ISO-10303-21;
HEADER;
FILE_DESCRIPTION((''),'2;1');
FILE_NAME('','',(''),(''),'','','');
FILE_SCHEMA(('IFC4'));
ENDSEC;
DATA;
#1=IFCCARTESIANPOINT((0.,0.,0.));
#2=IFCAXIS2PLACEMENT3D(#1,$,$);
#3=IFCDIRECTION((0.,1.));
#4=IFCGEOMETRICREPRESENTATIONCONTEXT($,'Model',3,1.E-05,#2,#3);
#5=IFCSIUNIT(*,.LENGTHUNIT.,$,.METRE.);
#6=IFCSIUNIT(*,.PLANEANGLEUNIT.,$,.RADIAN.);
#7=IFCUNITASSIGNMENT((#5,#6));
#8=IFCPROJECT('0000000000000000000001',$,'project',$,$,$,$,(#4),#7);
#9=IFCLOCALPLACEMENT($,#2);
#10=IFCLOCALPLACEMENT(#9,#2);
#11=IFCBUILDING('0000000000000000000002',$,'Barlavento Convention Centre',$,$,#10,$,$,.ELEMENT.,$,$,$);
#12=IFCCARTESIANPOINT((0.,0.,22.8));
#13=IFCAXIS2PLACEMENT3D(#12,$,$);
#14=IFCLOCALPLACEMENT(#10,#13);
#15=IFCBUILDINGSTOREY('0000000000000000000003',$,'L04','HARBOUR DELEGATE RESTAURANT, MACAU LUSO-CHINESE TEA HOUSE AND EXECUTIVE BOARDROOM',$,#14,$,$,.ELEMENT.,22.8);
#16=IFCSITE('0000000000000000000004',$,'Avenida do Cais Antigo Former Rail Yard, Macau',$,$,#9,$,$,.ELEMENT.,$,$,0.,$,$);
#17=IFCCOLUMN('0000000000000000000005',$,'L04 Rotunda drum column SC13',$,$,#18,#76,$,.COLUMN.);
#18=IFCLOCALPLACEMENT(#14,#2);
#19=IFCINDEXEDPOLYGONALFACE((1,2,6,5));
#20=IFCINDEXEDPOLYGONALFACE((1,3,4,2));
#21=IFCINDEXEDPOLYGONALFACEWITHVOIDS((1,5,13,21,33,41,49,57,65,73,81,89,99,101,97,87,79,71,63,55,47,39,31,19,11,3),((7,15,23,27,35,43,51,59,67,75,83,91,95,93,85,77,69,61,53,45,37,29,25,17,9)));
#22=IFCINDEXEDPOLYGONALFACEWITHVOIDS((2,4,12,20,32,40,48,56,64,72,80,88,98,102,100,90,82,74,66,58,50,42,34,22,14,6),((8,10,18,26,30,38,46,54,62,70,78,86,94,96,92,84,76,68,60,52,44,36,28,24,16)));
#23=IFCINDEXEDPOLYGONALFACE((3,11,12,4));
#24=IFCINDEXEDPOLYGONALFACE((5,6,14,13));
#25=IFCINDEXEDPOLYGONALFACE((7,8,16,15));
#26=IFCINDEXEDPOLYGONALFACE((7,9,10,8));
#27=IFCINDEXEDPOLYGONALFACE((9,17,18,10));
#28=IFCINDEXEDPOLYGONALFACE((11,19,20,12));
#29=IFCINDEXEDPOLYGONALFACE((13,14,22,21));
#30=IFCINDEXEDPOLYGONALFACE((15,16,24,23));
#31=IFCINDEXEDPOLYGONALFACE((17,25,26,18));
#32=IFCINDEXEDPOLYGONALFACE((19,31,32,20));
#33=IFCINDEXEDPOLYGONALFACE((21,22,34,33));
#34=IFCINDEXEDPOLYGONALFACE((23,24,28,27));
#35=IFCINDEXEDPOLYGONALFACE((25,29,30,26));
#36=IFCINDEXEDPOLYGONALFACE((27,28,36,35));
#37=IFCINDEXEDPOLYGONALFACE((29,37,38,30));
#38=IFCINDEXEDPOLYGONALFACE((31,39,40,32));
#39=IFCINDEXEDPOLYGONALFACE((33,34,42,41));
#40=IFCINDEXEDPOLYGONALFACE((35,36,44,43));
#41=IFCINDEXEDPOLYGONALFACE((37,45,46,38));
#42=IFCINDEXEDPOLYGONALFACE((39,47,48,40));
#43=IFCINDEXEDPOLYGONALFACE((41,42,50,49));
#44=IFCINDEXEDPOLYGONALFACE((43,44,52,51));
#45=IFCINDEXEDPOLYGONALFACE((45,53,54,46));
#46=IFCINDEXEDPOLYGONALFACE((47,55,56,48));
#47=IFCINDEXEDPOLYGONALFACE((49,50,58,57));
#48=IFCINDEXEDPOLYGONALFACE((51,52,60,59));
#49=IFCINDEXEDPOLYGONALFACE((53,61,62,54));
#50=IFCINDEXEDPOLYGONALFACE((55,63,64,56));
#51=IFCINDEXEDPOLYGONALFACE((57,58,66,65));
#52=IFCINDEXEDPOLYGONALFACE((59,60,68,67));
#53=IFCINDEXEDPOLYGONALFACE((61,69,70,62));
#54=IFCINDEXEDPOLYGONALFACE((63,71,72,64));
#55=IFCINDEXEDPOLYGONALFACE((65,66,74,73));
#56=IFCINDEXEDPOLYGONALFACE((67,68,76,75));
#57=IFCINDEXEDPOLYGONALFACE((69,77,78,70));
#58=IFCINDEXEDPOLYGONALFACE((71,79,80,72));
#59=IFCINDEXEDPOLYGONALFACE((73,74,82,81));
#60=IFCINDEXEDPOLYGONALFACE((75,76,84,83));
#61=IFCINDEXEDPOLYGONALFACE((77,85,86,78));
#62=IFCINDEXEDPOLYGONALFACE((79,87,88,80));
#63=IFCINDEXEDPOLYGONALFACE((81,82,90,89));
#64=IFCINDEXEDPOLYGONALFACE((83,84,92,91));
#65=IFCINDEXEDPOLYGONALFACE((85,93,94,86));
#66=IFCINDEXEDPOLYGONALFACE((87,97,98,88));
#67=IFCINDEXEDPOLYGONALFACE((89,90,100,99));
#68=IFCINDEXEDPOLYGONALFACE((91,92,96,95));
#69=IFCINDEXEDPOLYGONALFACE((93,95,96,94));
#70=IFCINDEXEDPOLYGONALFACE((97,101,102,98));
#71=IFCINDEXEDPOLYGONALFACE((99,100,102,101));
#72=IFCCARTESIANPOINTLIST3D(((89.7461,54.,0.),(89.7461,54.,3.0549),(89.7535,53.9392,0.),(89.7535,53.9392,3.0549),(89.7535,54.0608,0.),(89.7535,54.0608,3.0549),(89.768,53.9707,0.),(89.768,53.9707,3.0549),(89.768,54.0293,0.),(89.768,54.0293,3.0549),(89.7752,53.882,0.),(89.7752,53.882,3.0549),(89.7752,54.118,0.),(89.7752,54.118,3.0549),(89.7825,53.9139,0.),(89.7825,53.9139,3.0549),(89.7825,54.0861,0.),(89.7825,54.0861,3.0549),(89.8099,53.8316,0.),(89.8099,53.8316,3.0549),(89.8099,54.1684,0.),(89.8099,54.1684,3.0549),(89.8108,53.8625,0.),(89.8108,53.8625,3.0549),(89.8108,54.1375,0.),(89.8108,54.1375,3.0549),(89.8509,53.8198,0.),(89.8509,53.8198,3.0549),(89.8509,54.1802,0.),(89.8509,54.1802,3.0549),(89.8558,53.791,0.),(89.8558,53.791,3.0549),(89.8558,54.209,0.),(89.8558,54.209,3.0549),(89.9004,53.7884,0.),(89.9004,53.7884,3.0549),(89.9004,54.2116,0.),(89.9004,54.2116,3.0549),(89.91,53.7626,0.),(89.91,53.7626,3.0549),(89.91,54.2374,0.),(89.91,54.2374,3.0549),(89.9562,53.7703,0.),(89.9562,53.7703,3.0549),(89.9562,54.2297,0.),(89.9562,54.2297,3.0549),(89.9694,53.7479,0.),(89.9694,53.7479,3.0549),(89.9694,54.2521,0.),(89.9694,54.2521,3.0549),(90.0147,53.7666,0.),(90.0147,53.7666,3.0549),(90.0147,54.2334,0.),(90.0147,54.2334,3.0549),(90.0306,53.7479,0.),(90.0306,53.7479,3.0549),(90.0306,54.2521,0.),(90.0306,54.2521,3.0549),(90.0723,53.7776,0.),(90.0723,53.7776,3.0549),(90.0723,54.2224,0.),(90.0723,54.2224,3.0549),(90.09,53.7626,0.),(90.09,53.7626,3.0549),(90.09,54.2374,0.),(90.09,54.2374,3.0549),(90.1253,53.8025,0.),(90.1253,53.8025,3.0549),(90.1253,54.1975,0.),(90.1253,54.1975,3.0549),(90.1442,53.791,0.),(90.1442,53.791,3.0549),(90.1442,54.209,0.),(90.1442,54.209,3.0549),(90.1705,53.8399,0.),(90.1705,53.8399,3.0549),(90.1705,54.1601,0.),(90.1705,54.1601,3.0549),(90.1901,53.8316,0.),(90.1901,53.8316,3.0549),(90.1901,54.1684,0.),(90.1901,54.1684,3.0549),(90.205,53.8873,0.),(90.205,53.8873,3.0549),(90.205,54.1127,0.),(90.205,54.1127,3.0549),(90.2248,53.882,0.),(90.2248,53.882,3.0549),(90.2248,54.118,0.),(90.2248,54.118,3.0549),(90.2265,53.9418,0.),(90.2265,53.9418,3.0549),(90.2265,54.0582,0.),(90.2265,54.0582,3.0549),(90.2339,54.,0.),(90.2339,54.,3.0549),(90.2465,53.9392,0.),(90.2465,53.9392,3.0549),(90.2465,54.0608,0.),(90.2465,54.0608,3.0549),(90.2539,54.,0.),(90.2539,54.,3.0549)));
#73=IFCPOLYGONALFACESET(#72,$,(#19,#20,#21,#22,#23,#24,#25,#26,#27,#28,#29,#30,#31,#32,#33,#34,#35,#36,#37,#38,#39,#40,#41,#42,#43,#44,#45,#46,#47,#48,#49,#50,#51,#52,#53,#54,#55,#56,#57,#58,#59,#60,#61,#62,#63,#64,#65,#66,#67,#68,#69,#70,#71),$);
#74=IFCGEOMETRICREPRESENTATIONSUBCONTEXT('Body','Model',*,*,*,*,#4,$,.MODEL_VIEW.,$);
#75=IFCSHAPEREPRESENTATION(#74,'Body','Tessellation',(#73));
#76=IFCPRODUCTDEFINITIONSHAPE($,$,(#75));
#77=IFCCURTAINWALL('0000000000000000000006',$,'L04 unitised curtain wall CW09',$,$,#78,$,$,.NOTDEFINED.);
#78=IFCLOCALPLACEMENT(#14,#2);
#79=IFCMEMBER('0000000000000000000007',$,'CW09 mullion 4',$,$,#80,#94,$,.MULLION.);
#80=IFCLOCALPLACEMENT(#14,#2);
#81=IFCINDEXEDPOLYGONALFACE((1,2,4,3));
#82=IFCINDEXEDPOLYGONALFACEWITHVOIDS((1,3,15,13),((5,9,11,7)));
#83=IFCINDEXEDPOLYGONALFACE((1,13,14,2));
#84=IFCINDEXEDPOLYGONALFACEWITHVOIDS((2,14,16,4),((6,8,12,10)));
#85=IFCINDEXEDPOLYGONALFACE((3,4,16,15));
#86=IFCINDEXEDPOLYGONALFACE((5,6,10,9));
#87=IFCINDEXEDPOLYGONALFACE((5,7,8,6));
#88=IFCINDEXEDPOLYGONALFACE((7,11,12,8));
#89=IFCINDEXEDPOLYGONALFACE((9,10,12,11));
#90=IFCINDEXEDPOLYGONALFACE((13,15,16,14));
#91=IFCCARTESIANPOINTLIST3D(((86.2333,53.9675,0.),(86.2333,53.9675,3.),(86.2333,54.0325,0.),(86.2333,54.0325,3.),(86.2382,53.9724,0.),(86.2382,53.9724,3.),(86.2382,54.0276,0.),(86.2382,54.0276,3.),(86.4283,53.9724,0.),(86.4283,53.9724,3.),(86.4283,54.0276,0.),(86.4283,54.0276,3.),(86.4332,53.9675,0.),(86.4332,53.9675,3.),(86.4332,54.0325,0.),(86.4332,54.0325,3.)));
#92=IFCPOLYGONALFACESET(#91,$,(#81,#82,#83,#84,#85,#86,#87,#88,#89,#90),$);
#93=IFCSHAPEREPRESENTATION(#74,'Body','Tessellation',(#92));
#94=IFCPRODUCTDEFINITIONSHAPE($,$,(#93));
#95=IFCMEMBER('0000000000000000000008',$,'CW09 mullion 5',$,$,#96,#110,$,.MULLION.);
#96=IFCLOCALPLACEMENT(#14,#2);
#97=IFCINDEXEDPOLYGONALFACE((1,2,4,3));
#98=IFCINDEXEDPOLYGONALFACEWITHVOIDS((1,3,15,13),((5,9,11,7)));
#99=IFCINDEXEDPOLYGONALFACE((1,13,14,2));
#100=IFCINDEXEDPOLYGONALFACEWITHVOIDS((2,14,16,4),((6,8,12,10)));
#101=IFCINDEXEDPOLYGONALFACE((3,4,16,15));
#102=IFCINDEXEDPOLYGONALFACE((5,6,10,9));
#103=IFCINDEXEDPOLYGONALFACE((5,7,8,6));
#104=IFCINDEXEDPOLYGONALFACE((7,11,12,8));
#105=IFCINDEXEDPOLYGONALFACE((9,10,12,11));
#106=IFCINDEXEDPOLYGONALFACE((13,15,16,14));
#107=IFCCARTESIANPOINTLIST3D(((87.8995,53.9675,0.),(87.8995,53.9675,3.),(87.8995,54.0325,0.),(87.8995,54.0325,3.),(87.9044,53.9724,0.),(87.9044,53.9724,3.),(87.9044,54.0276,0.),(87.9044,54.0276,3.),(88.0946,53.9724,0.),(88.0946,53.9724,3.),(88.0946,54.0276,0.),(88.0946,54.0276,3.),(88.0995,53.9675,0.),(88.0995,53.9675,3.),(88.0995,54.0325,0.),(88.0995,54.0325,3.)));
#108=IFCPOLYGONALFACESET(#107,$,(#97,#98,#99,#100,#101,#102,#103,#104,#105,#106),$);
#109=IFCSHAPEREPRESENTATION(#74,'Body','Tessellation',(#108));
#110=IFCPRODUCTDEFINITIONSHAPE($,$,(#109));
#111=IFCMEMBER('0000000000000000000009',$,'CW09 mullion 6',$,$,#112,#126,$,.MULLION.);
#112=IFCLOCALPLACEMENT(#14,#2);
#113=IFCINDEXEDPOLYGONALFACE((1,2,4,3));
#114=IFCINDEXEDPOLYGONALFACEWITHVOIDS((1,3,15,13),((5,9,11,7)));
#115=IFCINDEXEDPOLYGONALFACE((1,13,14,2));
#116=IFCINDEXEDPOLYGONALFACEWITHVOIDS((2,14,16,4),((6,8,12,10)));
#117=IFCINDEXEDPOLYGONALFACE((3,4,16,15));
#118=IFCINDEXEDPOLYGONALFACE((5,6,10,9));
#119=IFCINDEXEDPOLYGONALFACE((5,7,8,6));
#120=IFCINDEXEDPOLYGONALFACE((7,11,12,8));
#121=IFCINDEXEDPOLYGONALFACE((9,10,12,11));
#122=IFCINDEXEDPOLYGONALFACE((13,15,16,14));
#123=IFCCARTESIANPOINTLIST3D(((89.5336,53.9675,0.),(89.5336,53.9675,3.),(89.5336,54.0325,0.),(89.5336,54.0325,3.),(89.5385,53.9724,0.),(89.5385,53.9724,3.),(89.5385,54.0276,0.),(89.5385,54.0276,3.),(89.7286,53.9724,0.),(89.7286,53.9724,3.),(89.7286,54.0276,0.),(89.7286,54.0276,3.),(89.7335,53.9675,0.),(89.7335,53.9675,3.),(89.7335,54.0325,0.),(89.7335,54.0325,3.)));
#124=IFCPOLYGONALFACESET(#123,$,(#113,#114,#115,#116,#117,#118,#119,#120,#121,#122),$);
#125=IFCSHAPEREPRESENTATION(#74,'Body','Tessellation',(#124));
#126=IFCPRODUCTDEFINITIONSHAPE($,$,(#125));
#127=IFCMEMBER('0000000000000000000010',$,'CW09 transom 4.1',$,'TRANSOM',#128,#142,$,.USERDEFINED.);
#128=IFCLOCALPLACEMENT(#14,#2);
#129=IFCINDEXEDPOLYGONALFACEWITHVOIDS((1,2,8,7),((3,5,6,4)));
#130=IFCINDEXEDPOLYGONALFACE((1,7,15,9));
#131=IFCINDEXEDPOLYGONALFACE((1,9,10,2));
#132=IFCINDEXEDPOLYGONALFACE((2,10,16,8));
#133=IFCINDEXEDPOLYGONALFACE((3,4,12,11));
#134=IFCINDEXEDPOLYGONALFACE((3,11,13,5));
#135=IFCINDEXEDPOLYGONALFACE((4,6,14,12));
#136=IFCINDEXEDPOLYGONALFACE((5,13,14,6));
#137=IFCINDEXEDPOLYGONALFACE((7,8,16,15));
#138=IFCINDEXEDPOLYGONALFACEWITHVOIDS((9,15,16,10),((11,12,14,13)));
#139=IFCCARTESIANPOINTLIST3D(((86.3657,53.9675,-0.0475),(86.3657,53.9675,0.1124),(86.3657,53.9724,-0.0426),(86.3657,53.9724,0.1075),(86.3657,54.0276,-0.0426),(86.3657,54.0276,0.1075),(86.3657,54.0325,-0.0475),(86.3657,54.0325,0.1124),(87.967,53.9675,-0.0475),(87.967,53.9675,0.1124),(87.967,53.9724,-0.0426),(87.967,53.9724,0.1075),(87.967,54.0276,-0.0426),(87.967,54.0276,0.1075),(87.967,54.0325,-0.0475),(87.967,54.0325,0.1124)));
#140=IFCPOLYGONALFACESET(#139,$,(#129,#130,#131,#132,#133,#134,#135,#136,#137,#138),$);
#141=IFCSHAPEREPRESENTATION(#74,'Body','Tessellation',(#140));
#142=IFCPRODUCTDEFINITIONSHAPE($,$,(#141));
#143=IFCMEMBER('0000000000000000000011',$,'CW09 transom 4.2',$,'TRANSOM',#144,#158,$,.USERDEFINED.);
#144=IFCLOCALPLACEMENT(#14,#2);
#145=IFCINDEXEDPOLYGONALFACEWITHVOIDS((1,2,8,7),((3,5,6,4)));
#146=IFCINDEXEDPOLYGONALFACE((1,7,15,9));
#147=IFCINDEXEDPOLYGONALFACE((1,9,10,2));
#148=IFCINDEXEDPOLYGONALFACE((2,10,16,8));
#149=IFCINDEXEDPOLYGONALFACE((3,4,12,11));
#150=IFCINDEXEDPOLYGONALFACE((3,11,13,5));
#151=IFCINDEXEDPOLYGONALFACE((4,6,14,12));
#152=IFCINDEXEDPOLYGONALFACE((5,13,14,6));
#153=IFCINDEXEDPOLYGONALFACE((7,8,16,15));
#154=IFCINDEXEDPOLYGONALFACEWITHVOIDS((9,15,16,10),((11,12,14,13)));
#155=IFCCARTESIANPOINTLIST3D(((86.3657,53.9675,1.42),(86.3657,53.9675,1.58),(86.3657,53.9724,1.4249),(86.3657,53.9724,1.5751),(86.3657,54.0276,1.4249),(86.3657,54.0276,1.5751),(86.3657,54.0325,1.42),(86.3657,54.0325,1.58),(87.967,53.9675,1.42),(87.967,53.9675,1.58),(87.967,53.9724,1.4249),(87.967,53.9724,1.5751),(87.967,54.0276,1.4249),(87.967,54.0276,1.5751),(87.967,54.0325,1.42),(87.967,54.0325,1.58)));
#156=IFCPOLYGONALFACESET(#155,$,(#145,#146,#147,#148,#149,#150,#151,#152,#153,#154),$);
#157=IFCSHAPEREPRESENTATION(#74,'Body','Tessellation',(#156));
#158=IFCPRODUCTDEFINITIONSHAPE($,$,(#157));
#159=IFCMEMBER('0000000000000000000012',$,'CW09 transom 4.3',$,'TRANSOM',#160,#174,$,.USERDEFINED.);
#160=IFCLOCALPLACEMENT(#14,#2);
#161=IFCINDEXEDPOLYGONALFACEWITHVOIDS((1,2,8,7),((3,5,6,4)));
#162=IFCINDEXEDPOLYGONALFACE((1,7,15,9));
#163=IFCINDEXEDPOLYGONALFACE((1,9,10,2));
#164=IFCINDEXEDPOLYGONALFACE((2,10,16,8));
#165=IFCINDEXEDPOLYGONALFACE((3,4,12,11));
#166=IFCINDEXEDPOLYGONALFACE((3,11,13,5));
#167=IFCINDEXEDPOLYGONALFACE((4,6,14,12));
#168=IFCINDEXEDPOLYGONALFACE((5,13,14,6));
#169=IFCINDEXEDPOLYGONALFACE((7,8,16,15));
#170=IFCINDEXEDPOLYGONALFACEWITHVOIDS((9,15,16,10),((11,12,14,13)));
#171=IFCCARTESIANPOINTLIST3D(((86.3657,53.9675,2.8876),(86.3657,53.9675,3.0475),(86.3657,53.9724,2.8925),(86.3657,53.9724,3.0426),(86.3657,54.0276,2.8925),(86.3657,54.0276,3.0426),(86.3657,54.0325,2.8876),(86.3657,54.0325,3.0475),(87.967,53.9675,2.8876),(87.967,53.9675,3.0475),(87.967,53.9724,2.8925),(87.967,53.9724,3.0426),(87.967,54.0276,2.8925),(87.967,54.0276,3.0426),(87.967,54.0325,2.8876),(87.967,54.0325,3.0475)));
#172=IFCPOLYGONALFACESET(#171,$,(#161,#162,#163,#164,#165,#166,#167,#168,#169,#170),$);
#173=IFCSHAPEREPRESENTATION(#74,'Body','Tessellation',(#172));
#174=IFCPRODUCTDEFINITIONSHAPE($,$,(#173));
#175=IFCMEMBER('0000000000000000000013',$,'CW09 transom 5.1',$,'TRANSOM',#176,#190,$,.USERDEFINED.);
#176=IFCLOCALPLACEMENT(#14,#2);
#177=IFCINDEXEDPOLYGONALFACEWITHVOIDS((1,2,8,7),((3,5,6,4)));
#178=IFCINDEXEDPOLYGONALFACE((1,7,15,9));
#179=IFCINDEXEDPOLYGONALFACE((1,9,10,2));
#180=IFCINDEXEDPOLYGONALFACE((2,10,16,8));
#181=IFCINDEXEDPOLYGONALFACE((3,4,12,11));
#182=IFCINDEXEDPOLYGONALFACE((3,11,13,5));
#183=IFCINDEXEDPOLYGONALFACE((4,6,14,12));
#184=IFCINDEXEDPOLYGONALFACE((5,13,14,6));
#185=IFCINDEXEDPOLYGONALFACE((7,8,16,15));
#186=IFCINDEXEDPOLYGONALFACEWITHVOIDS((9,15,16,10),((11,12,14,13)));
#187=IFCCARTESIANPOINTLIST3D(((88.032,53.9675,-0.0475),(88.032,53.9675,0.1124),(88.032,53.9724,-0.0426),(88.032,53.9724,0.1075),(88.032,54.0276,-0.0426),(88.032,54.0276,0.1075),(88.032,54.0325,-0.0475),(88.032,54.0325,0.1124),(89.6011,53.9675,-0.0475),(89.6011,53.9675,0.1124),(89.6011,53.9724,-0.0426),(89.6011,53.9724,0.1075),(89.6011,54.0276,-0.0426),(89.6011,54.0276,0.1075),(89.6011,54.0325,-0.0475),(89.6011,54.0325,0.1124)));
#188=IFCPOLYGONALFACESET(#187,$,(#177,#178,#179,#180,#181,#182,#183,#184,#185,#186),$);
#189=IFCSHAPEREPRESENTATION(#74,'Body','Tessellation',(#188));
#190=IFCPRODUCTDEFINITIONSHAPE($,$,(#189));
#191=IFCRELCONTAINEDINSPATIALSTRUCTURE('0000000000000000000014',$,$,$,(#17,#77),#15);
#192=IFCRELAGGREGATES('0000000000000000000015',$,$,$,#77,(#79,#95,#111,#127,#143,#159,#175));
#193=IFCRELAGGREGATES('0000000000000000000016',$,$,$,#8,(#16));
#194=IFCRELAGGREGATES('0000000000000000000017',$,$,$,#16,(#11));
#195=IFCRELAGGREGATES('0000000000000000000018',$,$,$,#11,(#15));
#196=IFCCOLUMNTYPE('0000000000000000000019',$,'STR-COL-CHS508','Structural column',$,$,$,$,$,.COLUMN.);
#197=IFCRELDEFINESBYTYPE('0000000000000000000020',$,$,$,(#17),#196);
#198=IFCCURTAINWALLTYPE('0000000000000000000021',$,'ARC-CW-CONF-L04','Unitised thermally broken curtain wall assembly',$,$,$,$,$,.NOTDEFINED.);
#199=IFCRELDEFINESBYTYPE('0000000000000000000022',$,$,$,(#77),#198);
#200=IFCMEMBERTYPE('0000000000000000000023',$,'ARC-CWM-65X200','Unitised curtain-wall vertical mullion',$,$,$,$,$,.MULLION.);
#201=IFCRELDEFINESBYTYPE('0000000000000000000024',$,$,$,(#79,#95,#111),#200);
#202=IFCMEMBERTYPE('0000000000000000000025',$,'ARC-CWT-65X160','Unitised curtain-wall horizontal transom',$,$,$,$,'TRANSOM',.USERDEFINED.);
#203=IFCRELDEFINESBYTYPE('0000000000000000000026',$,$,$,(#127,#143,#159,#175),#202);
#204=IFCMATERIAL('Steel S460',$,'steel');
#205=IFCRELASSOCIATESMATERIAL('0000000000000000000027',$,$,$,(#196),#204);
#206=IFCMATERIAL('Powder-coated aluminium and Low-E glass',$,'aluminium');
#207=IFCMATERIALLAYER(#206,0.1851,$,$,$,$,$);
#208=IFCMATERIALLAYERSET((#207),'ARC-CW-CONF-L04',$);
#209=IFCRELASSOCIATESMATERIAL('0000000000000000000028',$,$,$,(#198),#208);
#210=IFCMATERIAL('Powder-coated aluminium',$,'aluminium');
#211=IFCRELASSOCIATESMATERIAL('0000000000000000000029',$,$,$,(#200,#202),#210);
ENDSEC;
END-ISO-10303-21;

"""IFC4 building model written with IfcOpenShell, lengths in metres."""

from ifc_helpers import new_model, si_unit, direction, frame, origin, origin_2d, place, context, subcontext, project, spatial, hollow_rectangle, hollow_circle, extrude, material, layer, layer_set, material_profile, profile_set, type_object, element, aggregate, save


model = new_model("IFC4")

# Units and contexts
model_context = context("Model", 3, precision=1e-05, world=origin(), true_north=direction((0.0, 1.0)))
body_context = subcontext(model_context, "Body", "Model", "MODEL_VIEW")
ifc_project = project(units=[si_unit("LENGTHUNIT", "METRE"), si_unit("PLANEANGLEUNIT", "RADIAN")], contexts=[model_context])

# Site, building, storey
site_placement = place(None, origin())
site = spatial("IfcSite", under=ifc_project, at=site_placement, Name="Avenida do Cais Antigo Former Rail Yard, Macau", CompositionType="ELEMENT", RefElevation=0.0)
building_placement = place(site_placement, origin())
building = spatial("IfcBuilding", under=site, at=building_placement, Name="Barlavento Convention Centre", CompositionType="ELEMENT")
storey_placement = place(building_placement, frame((0.0, 0.0, 22.8)))
storey = spatial("IfcBuildingStorey", under=building, at=storey_placement, Name="L04", Description="HARBOUR DELEGATE RESTAURANT, MACAU LUSO-CHINESE TEA HOUSE AND EXECUTIVE BOARDROOM", CompositionType="ELEMENT", Elevation=22.8)

# Column
ifc_material_1 = material(Name="Steel S460", Category="steel")
ifc_material_profile_1 = material_profile(ifc_material_1, hollow_circle(Radius=0.2539, WallThickness=0.02, at=origin_2d()), Name="CHS 508.0x20.0")
ifc_profile_set_1 = profile_set([ifc_material_profile_1], Name="Steel S460")
column_type = type_object("IfcColumnType", Name="STR-COL-CHS508", Description="Structural column", PredefinedType="COLUMN", material=ifc_profile_set_1)
column_placement = place(storey_placement, frame((90.0, 54.0, 0.0), z_axis=(0.0, 0.0, 1.0), x_axis=(1.0, 0.0, 0.0)))
element("IfcColumn", 1, at=column_placement, inside=storey, type_object=column_type, Name="L04 Rotunda drum column SC13", PredefinedType="COLUMN", context=body_context, shape_type="SweptSolid", body=[
    extrude(hollow_circle(Radius=0.2539, WallThickness=0.02, at=origin_2d()), origin(), (0.0, 0.0, 1.0), 3.0549),
])

# Curtain wall, members
ifc_material_2 = material(Name="Powder-coated aluminium and Low-E glass", Category="aluminium")
ifc_layer_1 = layer(ifc_material_2, 0.1851)
ifc_layer_set_1 = layer_set([ifc_layer_1], Name="ARC-CW-CONF-L04")
curtain_wall_type = type_object("IfcCurtainWallType", Name="ARC-CW-CONF-L04", Description="Unitised thermally broken curtain wall assembly", PredefinedType="NOTDEFINED", material=ifc_layer_set_1)
curtain_wall_placement = place(storey_placement, origin())
curtain_wall = element("IfcCurtainWall", 2, at=curtain_wall_placement, inside=storey, type_object=curtain_wall_type, Name="L04 unitised curtain wall CW09", PredefinedType="NOTDEFINED")
ifc_material_3 = material(Name="Powder-coated aluminium", Category="aluminium")
ifc_material_profile_2 = material_profile(ifc_material_3, hollow_rectangle(XDim=0.0649, YDim=0.2, WallThickness=0.0049, at=origin_2d()), Name="AL-MULL 65x200x5")
ifc_profile_set_2 = profile_set([ifc_material_profile_2], Name="Powder-coated aluminium")
member_type_1 = type_object("IfcMemberType", Name="ARC-CWM-65X200", Description="Unitised curtain-wall vertical mullion", PredefinedType="MULLION", material=ifc_profile_set_2)
member_1_placement = place(storey_placement, frame((86.3333, 54.0, 0.0), z_axis=(0.0, 0.0, 1.0), x_axis=(0.0, 1.0, 0.0)))
member_1 = element("IfcMember", 3, at=member_1_placement, type_object=member_type_1, Name="CW09 mullion 4", PredefinedType="MULLION", context=body_context, shape_type="SweptSolid", body=[
    extrude(hollow_rectangle(XDim=0.0649, YDim=0.2, WallThickness=0.0049, at=origin_2d()), origin(), (0.0, 0.0, 1.0), 3.0),
])
member_2_placement = place(storey_placement, frame((87.9995, 54.0, 0.0), z_axis=(0.0, 0.0, 1.0), x_axis=(0.0, 1.0, 0.0)))
member_2 = element("IfcMember", 4, at=member_2_placement, type_object=member_type_1, Name="CW09 mullion 5", PredefinedType="MULLION", context=body_context, shape_type="SweptSolid", body=[
    extrude(hollow_rectangle(XDim=0.0649, YDim=0.2, WallThickness=0.0049, at=origin_2d()), origin(), (0.0, 0.0, 1.0), 3.0),
])
member_3_placement = place(storey_placement, frame((89.6335, 54.0, 0.0), z_axis=(0.0, 0.0, 1.0), x_axis=(0.0, 1.0, 0.0)))
member_3 = element("IfcMember", 5, at=member_3_placement, type_object=member_type_1, Name="CW09 mullion 6", PredefinedType="MULLION", context=body_context, shape_type="SweptSolid", body=[
    extrude(hollow_rectangle(XDim=0.0649, YDim=0.2, WallThickness=0.0049, at=origin_2d()), origin(), (0.0, 0.0, 1.0), 3.0),
])
ifc_material_profile_3 = material_profile(ifc_material_3, hollow_rectangle(XDim=0.0649, YDim=0.1599, WallThickness=0.0049, at=origin_2d()), Name="AL-TRAN 65x160x5")
ifc_profile_set_3 = profile_set([ifc_material_profile_3], Name="Powder-coated aluminium")
member_type_2 = type_object("IfcMemberType", Name="ARC-CWT-65X160", Description="Unitised curtain-wall horizontal transom", ElementType="TRANSOM", PredefinedType="USERDEFINED", material=ifc_profile_set_3)
member_4_placement = place(storey_placement, frame((86.3657, 54.0, 0.0325), z_axis=(1.0, 0.0, 0.0), x_axis=(0.0, 1.0, 0.0)))
member_4 = element("IfcMember", 6, at=member_4_placement, type_object=member_type_2, Name="CW09 transom 4.1", ObjectType="TRANSOM", PredefinedType="USERDEFINED", context=body_context, shape_type="SweptSolid", body=[
    extrude(hollow_rectangle(XDim=0.0649, YDim=0.1599, WallThickness=0.0049, at=origin_2d()), origin(), (0.0, 0.0, 1.0), 1.6013),
])
member_5_placement = place(storey_placement, frame((86.3657, 54.0, 1.5), z_axis=(1.0, 0.0, 0.0), x_axis=(0.0, 1.0, 0.0)))
member_5 = element("IfcMember", 7, at=member_5_placement, type_object=member_type_2, Name="CW09 transom 4.2", ObjectType="TRANSOM", PredefinedType="USERDEFINED", context=body_context, shape_type="SweptSolid", body=[
    extrude(hollow_rectangle(XDim=0.0649, YDim=0.1599, WallThickness=0.0049, at=origin_2d()), origin(), (0.0, 0.0, 1.0), 1.6013),
])
member_6_placement = place(storey_placement, frame((86.3657, 54.0, 2.9675), z_axis=(1.0, 0.0, 0.0), x_axis=(0.0, 1.0, 0.0)))
member_6 = element("IfcMember", 8, at=member_6_placement, type_object=member_type_2, Name="CW09 transom 4.3", ObjectType="TRANSOM", PredefinedType="USERDEFINED", context=body_context, shape_type="SweptSolid", body=[
    extrude(hollow_rectangle(XDim=0.0649, YDim=0.1599, WallThickness=0.0049, at=origin_2d()), origin(), (0.0, 0.0, 1.0), 1.6013),
])
member_7_placement = place(storey_placement, frame((88.032, 54.0, 0.0325), z_axis=(1.0, 0.0, 0.0), x_axis=(0.0, 1.0, 0.0)))
member_7 = element("IfcMember", 9, at=member_7_placement, type_object=member_type_2, Name="CW09 transom 5.1", ObjectType="TRANSOM", PredefinedType="USERDEFINED", context=body_context, shape_type="SweptSolid", body=[
    extrude(hollow_rectangle(XDim=0.0649, YDim=0.1599, WallThickness=0.0049, at=origin_2d()), origin(), (0.0, 0.0, 1.0), 1.5691),
])
aggregate(curtain_wall, [member_1, member_2, member_3, member_4, member_5, member_6, member_7])

save(model, "model.ifc")
